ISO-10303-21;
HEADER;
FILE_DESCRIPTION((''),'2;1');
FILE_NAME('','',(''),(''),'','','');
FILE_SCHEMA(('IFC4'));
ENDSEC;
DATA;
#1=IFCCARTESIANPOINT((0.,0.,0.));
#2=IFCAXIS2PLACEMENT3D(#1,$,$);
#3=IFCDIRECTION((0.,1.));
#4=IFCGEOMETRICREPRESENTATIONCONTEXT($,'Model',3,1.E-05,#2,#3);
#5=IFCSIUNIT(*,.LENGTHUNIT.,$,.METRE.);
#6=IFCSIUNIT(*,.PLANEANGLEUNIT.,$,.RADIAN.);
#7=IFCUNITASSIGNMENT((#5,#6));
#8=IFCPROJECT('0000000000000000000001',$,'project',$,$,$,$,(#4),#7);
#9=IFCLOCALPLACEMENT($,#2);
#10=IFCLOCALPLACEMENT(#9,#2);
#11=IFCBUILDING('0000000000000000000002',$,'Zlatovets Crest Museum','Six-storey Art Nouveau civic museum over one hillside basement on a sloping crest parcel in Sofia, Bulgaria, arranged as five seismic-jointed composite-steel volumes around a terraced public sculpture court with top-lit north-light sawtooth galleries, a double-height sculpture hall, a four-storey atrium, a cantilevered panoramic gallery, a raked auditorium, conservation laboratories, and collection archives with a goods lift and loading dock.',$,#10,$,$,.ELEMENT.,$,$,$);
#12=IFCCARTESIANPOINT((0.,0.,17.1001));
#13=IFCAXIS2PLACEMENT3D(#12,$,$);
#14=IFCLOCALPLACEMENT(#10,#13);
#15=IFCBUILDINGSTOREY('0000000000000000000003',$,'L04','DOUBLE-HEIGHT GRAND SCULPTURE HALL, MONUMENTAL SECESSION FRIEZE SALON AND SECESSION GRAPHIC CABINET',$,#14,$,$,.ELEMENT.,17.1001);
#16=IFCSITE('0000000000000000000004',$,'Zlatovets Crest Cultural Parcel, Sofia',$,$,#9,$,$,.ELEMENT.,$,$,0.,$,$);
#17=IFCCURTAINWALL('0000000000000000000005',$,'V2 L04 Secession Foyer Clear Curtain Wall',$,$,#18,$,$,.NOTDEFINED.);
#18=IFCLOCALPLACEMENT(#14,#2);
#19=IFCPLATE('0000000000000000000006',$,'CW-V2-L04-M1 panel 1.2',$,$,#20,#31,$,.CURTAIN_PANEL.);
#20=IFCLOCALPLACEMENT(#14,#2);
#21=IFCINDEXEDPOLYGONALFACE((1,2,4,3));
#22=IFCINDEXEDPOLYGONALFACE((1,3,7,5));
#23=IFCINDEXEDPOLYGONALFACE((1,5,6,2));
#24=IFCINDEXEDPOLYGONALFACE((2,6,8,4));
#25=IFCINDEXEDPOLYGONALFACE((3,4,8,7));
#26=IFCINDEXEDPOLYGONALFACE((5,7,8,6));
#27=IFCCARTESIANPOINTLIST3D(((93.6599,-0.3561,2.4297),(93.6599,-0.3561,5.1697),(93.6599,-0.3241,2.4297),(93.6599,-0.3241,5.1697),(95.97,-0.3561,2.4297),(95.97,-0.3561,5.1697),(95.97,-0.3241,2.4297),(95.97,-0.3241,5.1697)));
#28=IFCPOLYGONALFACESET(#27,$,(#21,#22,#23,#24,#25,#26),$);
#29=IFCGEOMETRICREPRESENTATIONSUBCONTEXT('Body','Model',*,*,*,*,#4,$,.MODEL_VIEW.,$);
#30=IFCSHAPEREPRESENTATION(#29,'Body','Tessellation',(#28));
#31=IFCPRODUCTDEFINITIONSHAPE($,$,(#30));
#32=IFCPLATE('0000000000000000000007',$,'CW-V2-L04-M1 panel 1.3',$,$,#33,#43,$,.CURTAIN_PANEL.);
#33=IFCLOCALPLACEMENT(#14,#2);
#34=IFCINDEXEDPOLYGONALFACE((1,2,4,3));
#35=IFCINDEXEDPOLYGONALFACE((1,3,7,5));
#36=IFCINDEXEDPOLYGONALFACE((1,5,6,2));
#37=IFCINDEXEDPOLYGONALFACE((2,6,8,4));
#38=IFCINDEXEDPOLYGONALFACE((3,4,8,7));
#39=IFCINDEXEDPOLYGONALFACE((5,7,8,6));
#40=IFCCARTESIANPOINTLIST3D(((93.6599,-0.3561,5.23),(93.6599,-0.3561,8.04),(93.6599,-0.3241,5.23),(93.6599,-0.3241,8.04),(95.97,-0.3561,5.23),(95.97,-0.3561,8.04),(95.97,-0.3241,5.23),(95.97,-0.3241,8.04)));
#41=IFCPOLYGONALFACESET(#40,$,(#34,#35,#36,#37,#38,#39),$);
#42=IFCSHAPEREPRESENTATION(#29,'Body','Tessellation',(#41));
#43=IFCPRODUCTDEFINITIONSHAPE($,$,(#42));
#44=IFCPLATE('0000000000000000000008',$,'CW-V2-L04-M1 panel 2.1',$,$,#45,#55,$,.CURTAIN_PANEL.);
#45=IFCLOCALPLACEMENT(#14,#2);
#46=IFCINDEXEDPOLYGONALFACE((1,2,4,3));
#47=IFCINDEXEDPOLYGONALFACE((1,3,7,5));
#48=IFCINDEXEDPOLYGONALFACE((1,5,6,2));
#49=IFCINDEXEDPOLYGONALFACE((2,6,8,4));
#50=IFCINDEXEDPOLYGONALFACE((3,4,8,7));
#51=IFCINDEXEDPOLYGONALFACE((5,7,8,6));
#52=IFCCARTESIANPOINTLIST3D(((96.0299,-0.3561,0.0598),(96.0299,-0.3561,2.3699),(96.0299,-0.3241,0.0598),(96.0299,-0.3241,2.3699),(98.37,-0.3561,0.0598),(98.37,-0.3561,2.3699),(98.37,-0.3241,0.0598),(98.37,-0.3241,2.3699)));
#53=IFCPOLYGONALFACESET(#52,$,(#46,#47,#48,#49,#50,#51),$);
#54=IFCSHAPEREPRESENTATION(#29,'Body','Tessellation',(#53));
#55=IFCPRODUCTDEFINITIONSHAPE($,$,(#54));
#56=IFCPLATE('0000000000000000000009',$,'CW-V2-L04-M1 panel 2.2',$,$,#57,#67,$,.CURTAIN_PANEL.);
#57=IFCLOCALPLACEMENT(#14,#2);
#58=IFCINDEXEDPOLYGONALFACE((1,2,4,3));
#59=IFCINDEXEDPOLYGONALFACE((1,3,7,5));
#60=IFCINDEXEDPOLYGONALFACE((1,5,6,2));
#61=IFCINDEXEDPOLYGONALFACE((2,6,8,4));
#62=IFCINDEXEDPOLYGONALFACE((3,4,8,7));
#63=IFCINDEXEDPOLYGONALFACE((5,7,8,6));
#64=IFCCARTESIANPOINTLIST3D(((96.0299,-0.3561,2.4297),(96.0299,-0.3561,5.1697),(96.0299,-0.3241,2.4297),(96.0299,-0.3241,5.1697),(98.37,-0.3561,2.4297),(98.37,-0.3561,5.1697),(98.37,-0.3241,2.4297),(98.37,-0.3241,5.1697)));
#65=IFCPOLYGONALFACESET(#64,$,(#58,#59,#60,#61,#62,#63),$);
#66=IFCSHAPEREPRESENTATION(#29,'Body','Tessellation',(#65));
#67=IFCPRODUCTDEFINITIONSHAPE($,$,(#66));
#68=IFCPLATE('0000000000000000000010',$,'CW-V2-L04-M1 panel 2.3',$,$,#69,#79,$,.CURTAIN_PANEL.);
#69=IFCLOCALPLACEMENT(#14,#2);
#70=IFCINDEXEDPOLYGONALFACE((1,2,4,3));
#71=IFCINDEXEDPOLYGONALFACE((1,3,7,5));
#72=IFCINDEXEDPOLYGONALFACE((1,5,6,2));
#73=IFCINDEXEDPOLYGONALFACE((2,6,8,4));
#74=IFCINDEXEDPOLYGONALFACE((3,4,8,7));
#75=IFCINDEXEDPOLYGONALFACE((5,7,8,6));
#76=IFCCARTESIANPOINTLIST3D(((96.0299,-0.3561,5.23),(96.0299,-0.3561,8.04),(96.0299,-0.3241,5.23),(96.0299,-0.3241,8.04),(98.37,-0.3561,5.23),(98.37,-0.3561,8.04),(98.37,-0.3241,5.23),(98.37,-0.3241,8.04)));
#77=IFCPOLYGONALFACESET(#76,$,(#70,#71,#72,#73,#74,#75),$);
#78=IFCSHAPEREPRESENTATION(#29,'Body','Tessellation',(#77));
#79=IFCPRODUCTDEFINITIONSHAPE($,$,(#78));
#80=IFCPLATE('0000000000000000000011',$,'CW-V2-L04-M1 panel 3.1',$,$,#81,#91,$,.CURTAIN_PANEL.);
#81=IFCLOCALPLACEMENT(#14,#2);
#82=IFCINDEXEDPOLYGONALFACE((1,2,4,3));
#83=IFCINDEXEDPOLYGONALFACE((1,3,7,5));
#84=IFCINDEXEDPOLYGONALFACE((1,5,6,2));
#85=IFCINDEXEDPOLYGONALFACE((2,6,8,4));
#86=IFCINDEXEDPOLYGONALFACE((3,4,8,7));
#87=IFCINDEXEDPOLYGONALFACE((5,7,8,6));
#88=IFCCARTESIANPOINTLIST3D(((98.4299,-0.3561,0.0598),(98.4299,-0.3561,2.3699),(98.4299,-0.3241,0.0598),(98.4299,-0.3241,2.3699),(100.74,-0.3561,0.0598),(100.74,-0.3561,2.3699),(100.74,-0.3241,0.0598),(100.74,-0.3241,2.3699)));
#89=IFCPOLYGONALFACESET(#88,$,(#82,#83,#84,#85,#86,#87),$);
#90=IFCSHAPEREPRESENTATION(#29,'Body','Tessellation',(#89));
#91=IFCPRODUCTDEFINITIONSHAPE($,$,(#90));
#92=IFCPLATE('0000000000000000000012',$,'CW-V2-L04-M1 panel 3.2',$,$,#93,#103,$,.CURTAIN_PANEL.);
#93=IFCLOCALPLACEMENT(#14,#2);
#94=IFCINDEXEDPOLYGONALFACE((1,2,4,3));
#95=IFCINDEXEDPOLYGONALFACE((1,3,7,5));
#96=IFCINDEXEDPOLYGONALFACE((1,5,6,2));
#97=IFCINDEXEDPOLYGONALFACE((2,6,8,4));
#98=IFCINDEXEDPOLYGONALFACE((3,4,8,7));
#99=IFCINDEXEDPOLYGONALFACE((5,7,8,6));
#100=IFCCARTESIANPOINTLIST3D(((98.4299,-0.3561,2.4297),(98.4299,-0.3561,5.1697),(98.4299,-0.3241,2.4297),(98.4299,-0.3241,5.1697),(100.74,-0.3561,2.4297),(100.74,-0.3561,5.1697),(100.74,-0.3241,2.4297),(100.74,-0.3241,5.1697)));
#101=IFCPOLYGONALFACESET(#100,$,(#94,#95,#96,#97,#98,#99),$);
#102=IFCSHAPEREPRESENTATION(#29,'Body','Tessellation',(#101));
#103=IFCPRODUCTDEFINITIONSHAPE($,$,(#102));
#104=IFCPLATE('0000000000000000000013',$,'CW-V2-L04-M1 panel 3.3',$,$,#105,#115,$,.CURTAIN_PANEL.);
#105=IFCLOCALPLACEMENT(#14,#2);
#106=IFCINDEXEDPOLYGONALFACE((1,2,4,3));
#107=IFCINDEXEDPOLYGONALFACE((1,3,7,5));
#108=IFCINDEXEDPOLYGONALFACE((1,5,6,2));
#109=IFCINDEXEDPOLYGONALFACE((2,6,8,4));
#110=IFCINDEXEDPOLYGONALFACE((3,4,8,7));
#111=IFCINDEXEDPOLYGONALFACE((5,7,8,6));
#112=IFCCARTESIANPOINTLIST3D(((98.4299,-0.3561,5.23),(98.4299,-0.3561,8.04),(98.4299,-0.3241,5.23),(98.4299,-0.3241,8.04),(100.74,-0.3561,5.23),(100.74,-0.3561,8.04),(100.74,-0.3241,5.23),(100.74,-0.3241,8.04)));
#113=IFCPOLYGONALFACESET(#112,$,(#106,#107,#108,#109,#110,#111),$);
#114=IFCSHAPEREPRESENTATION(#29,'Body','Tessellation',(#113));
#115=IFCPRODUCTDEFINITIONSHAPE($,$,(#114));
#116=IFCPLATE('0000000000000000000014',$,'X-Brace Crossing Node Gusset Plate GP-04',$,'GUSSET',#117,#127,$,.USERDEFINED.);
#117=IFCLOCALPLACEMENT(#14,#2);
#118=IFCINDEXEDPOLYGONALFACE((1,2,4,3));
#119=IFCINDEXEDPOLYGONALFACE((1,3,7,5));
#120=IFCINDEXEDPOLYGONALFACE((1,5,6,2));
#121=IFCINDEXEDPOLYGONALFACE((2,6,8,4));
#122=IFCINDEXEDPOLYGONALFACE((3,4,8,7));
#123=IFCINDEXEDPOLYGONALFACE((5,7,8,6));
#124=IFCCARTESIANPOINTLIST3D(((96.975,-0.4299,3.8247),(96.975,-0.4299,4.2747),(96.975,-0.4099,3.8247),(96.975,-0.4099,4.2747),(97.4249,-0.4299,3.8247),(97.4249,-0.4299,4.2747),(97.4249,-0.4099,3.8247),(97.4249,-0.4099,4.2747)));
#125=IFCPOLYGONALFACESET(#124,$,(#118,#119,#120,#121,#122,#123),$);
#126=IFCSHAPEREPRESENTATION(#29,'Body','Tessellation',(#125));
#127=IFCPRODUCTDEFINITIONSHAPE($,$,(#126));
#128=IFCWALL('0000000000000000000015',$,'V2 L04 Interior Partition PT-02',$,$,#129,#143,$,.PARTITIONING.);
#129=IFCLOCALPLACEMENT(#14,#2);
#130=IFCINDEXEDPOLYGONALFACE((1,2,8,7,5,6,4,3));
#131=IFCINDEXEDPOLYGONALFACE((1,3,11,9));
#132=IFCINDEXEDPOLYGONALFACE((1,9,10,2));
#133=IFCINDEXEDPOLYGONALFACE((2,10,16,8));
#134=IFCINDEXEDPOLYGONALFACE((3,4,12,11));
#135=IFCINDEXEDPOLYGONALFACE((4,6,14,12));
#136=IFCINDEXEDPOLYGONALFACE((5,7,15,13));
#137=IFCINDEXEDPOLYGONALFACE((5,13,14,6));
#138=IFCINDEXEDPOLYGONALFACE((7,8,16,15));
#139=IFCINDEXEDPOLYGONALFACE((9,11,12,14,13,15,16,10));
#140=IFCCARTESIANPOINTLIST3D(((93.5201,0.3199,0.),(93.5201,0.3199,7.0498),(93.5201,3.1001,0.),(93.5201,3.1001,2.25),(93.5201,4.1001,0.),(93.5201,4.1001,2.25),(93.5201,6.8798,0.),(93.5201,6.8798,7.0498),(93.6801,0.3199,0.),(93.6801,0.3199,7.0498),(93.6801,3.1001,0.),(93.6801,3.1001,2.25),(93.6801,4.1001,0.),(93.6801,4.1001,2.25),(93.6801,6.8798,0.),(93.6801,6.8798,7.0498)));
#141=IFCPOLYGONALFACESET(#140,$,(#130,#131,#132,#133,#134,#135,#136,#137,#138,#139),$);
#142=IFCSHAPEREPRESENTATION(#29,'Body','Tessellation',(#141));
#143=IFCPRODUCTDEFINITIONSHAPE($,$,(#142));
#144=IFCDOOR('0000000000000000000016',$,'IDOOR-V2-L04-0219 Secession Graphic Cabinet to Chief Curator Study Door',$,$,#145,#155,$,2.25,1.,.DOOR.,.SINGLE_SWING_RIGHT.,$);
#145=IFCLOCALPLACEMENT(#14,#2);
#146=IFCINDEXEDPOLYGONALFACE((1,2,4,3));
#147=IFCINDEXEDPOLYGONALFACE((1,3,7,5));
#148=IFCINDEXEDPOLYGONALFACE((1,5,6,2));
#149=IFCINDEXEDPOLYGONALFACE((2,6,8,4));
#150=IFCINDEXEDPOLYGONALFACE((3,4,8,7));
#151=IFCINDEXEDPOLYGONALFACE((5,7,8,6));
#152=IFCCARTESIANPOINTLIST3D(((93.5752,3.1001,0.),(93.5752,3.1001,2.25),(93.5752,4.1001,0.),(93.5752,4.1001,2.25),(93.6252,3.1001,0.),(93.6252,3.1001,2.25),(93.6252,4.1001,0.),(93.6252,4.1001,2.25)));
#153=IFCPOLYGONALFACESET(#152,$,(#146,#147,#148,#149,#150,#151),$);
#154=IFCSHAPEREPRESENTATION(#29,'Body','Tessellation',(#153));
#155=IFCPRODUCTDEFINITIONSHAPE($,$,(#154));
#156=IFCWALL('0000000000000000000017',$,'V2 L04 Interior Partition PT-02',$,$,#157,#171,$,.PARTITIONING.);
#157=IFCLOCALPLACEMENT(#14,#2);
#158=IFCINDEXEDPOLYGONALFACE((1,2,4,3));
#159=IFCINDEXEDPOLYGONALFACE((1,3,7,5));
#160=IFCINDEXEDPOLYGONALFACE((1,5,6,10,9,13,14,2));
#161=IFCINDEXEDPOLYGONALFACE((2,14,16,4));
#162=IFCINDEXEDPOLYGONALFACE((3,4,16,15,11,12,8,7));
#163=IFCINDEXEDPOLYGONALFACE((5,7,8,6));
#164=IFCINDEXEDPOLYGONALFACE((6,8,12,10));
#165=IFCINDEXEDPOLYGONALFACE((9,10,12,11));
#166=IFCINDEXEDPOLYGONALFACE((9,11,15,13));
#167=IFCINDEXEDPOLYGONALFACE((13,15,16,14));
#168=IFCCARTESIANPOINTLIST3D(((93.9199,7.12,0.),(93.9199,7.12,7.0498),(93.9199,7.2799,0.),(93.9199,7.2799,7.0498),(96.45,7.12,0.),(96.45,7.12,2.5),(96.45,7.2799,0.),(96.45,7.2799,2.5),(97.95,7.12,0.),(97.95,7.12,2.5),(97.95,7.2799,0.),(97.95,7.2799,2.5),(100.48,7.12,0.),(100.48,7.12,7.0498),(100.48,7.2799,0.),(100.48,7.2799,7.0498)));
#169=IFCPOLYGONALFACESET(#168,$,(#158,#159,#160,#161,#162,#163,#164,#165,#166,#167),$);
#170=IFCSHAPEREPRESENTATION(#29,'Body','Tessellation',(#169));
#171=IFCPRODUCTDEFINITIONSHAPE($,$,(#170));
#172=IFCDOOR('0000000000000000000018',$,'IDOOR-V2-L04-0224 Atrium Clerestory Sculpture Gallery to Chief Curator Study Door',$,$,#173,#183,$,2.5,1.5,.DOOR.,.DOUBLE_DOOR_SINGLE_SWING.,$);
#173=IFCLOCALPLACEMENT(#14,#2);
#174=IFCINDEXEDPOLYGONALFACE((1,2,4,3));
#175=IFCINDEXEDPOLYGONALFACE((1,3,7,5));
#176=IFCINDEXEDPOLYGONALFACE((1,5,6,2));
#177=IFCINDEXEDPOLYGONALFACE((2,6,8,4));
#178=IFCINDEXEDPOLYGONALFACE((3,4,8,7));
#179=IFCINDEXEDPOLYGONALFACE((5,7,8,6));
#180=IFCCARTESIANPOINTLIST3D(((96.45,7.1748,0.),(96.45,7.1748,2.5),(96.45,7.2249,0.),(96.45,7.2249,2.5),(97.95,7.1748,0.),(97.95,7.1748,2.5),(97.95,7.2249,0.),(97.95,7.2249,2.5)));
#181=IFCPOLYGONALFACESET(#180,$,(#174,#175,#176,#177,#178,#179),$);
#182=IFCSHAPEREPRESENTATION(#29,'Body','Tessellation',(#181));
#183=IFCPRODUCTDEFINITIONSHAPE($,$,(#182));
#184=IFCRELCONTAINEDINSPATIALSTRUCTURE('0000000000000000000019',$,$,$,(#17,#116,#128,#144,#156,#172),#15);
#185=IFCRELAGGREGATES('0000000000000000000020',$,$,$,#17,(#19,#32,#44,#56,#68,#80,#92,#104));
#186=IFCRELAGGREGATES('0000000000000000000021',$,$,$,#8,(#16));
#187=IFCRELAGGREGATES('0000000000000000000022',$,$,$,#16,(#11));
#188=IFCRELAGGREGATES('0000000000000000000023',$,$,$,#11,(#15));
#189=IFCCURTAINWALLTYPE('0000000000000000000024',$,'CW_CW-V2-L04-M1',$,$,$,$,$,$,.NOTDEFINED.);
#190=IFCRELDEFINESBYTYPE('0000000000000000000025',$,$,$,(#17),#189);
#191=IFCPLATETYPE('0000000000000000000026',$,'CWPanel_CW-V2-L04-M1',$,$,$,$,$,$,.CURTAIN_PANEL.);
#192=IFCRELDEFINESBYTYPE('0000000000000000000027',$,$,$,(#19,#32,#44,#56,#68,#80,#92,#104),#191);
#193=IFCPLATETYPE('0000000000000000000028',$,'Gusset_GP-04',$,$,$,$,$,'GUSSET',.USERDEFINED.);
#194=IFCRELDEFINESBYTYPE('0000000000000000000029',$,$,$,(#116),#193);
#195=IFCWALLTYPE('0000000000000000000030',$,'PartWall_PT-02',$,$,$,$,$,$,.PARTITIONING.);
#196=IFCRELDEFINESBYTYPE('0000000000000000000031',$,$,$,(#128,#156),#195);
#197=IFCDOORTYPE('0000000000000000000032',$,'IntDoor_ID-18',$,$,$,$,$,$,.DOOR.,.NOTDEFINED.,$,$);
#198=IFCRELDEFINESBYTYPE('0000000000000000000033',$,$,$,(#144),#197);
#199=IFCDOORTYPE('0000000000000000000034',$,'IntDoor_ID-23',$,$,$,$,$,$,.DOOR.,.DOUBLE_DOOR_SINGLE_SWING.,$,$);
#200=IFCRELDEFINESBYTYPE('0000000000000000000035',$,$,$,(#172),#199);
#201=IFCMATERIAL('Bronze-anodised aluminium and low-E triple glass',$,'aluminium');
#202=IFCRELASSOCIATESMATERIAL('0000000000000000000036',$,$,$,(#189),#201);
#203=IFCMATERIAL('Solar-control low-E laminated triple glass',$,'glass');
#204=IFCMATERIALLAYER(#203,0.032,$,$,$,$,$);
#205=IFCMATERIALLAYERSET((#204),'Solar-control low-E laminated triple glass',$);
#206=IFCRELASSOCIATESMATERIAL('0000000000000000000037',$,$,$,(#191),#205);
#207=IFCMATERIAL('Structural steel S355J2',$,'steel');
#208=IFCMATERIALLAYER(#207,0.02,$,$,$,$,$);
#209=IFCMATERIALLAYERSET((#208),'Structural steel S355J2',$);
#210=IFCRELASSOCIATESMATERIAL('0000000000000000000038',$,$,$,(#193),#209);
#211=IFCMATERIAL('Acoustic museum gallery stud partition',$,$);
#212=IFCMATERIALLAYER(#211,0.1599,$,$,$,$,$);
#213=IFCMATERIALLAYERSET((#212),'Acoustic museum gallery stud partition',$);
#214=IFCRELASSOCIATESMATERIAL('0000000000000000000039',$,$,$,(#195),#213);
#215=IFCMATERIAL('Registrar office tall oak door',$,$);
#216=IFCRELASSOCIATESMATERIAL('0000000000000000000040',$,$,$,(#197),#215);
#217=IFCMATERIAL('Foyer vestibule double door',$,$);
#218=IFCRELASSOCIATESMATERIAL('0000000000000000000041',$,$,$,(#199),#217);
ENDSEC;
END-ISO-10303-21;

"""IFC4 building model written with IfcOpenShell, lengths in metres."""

from ifc_helpers import new_model, si_unit, direction, frame, frame_2d, origin, origin_2d, place, context, subcontext, project, spatial, rectangle, extrude, material, layer, layer_set, type_object, element, fill, aggregate, save


model = new_model("IFC4")

# Units and contexts
model_context = context("Model", 3, precision=1e-05, world=origin(), true_north=direction((0.0, 1.0)))
body_context = subcontext(model_context, "Body", "Model", "MODEL_VIEW")
ifc_project = project(units=[si_unit("LENGTHUNIT", "METRE"), si_unit("PLANEANGLEUNIT", "RADIAN")], contexts=[model_context])

# Site, building, storey
site_placement = place(None, origin())
site = spatial("IfcSite", under=ifc_project, at=site_placement, Name="Zlatovets Crest Cultural Parcel, Sofia", CompositionType="ELEMENT", RefElevation=0.0)
building_placement = place(site_placement, origin())
building = spatial("IfcBuilding", under=site, at=building_placement, Name="Zlatovets Crest Museum", Description="Six-storey Art Nouveau civic museum over one hillside basement on a sloping crest parcel in Sofia, Bulgaria, arranged as five seismic-jointed composite-steel volumes around a terraced public sculpture court with top-lit north-light sawtooth galleries, a double-height sculpture hall, a four-storey atrium, a cantilevered panoramic gallery, a raked auditorium, conservation laboratories, and collection archives with a goods lift and loading dock.", CompositionType="ELEMENT")
storey_placement = place(building_placement, frame((0.0, 0.0, 17.1001)))
storey = spatial("IfcBuildingStorey", under=building, at=storey_placement, Name="L04", Description="DOUBLE-HEIGHT GRAND SCULPTURE HALL, MONUMENTAL SECESSION FRIEZE SALON AND SECESSION GRAPHIC CABINET", CompositionType="ELEMENT", Elevation=17.1001)

# Shared definitions
ifc_material_1 = material(Name="Structural steel S355J2", Category="steel")

# Curtain wall
ifc_material_2 = material(Name="Bronze-anodised aluminium and low-E triple glass", Category="aluminium")
curtain_wall_type = type_object("IfcCurtainWallType", Name="CW_CW-V2-L04-M1", PredefinedType="NOTDEFINED", material=ifc_material_2)
curtain_wall_placement = place(storey_placement, origin())
curtain_wall = element("IfcCurtainWall", 1, at=curtain_wall_placement, inside=storey, type_object=curtain_wall_type, Name="V2 L04 Secession Foyer Clear Curtain Wall", PredefinedType="NOTDEFINED")

# Plates
ifc_material_3 = material(Name="Solar-control low-E laminated triple glass", Category="glass")
ifc_layer_1 = layer(ifc_material_3, 0.032)
ifc_layer_set_1 = layer_set([ifc_layer_1], Name="Solar-control low-E laminated triple glass")
plate_type_1 = type_object("IfcPlateType", Name="CWPanel_CW-V2-L04-M1", PredefinedType="CURTAIN_PANEL", material=ifc_layer_set_1)
plate_1_placement = place(storey_placement, frame((94.8149, -0.3401, 2.4297), z_axis=(0.0, 0.0, 1.0), x_axis=(1.0, 0.0, 0.0)))
plate_1 = element("IfcPlate", 2, at=plate_1_placement, type_object=plate_type_1, Name="CW-V2-L04-M1 panel 1.2", PredefinedType="CURTAIN_PANEL", context=body_context, shape_type="SweptSolid", body=[
    extrude(rectangle(XDim=2.3101, YDim=0.032, at=origin_2d()), origin(), (0.0, 0.0, 1.0), 2.74),
])
plate_2_placement = place(storey_placement, frame((94.8149, -0.3401, 5.23), z_axis=(0.0, 0.0, 1.0), x_axis=(1.0, 0.0, 0.0)))
plate_2 = element("IfcPlate", 3, at=plate_2_placement, type_object=plate_type_1, Name="CW-V2-L04-M1 panel 1.3", PredefinedType="CURTAIN_PANEL", context=body_context, shape_type="SweptSolid", body=[
    extrude(rectangle(XDim=2.3101, YDim=0.032, at=origin_2d()), origin(), (0.0, 0.0, 1.0), 2.8101),
])
plate_3_placement = place(storey_placement, frame((97.2, -0.3401, 0.0598), z_axis=(0.0, 0.0, 1.0), x_axis=(1.0, 0.0, 0.0)))
plate_3 = element("IfcPlate", 4, at=plate_3_placement, type_object=plate_type_1, Name="CW-V2-L04-M1 panel 2.1", PredefinedType="CURTAIN_PANEL", context=body_context, shape_type="SweptSolid", body=[
    extrude(rectangle(XDim=2.3401, YDim=0.032, at=origin_2d()), origin(), (0.0, 0.0, 1.0), 2.3101),
])
plate_4_placement = place(storey_placement, frame((97.2, -0.3401, 2.4297), z_axis=(0.0, 0.0, 1.0), x_axis=(1.0, 0.0, 0.0)))
plate_4 = element("IfcPlate", 5, at=plate_4_placement, type_object=plate_type_1, Name="CW-V2-L04-M1 panel 2.2", PredefinedType="CURTAIN_PANEL", context=body_context, shape_type="SweptSolid", body=[
    extrude(rectangle(XDim=2.3401, YDim=0.032, at=origin_2d()), origin(), (0.0, 0.0, 1.0), 2.74),
])
plate_5_placement = place(storey_placement, frame((97.2, -0.3401, 5.23), z_axis=(0.0, 0.0, 1.0), x_axis=(1.0, 0.0, 0.0)))
plate_5 = element("IfcPlate", 6, at=plate_5_placement, type_object=plate_type_1, Name="CW-V2-L04-M1 panel 2.3", PredefinedType="CURTAIN_PANEL", context=body_context, shape_type="SweptSolid", body=[
    extrude(rectangle(XDim=2.3401, YDim=0.032, at=origin_2d()), origin(), (0.0, 0.0, 1.0), 2.8101),
])
plate_6_placement = place(storey_placement, frame((99.585, -0.3401, 0.0598), z_axis=(0.0, 0.0, 1.0), x_axis=(1.0, 0.0, 0.0)))
plate_6 = element("IfcPlate", 7, at=plate_6_placement, type_object=plate_type_1, Name="CW-V2-L04-M1 panel 3.1", PredefinedType="CURTAIN_PANEL", context=body_context, shape_type="SweptSolid", body=[
    extrude(rectangle(XDim=2.3101, YDim=0.032, at=origin_2d()), origin(), (0.0, 0.0, 1.0), 2.3101),
])
plate_7_placement = place(storey_placement, frame((99.585, -0.3401, 2.4297), z_axis=(0.0, 0.0, 1.0), x_axis=(1.0, 0.0, 0.0)))
plate_7 = element("IfcPlate", 8, at=plate_7_placement, type_object=plate_type_1, Name="CW-V2-L04-M1 panel 3.2", PredefinedType="CURTAIN_PANEL", context=body_context, shape_type="SweptSolid", body=[
    extrude(rectangle(XDim=2.3101, YDim=0.032, at=origin_2d()), origin(), (0.0, 0.0, 1.0), 2.74),
])
plate_8_placement = place(storey_placement, frame((99.585, -0.3401, 5.23), z_axis=(0.0, 0.0, 1.0), x_axis=(1.0, 0.0, 0.0)))
plate_8 = element("IfcPlate", 9, at=plate_8_placement, type_object=plate_type_1, Name="CW-V2-L04-M1 panel 3.3", PredefinedType="CURTAIN_PANEL", context=body_context, shape_type="SweptSolid", body=[
    extrude(rectangle(XDim=2.3101, YDim=0.032, at=origin_2d()), origin(), (0.0, 0.0, 1.0), 2.8101),
])
aggregate(curtain_wall, [plate_1, plate_2, plate_3, plate_4, plate_5, plate_6, plate_7, plate_8])
ifc_layer_2 = layer(ifc_material_1, 0.02)
ifc_layer_set_2 = layer_set([ifc_layer_2], Name="Structural steel S355J2")
plate_type_2 = type_object("IfcPlateType", Name="Gusset_GP-04", ElementType="GUSSET", PredefinedType="USERDEFINED", material=ifc_layer_set_2)
plate_9_placement = place(storey_placement, frame((97.2, -0.4199, 3.8247), z_axis=(0.0, 0.0, 1.0), x_axis=(1.0, 0.0, 0.0)))
element("IfcPlate", 10, at=plate_9_placement, inside=storey, type_object=plate_type_2, Name="X-Brace Crossing Node Gusset Plate GP-04", ObjectType="GUSSET", PredefinedType="USERDEFINED", context=body_context, shape_type="SweptSolid", body=[
    extrude(rectangle(XDim=0.45, YDim=0.02, at=origin_2d()), origin(), (0.0, 0.0, 1.0), 0.45),
])

# Walls, openings, doors
ifc_material_4 = material(Name="Acoustic museum gallery stud partition")
ifc_layer_3 = layer(ifc_material_4, 0.1599)
ifc_layer_set_3 = layer_set([ifc_layer_3], Name="Acoustic museum gallery stud partition")
wall_type = type_object("IfcWallType", Name="PartWall_PT-02", PredefinedType="PARTITIONING", material=ifc_layer_set_3)
wall_1_placement = place(storey_placement, frame((93.6001, 0.3201, 0.0), z_axis=(0.0, 0.0, 1.0), x_axis=(0.0, 1.0, 0.0)))
wall_1 = element("IfcWall", 11, at=wall_1_placement, inside=storey, type_object=wall_type, Name="V2 L04 Interior Partition PT-02", PredefinedType="PARTITIONING", context=body_context, shape_type="SweptSolid", body=[
    extrude(rectangle(XDim=6.5598, YDim=0.1599, at=frame_2d((3.2798, 0.0))), origin(), (0.0, 0.0, 1.0), 7.0498),
])
opening_1_placement = place(wall_1_placement, frame((2.78, 0.0, 0.0)))
opening_1 = element("IfcOpeningElement", 12, at=opening_1_placement, cuts=wall_1, PredefinedType="OPENING", context=body_context, shape_type="SweptSolid", body=[
    extrude(rectangle(XDim=1.0, YDim=2.25, at=frame_2d((0.5, 1.125))), frame((0.0, 0.0898, 0.0), z_axis=(0.0, -1.0, 0.0), x_axis=(1.0, 0.0, 0.0)), (0.0, 0.0, 1.0), 0.1799),
])
ifc_material_5 = material(Name="Registrar office tall oak door")
door_type_1 = type_object("IfcDoorType", Name="IntDoor_ID-18", OperationType="NOTDEFINED", PredefinedType="DOOR", material=ifc_material_5)
door_1_placement = place(opening_1_placement, origin())
door_1 = element("IfcDoor", 13, at=door_1_placement, inside=storey, type_object=door_type_1, Name="IDOOR-V2-L04-0219 Secession Graphic Cabinet to Chief Curator Study Door", OperationType="SINGLE_SWING_RIGHT", OverallHeight=2.25, OverallWidth=1.0, PredefinedType="DOOR", context=body_context, shape_type="SweptSolid", body=[
    extrude(rectangle(XDim=1.0, YDim=2.25, at=frame_2d((0.5, 1.125))), frame((0.0, 0.0249, 0.0), z_axis=(0.0, -1.0, 0.0), x_axis=(1.0, 0.0, 0.0)), (0.0, 0.0, 1.0), 0.05),
])
fill(opening_1, door_1)
wall_2_placement = place(storey_placement, frame((93.9199, 7.2, 0.0), z_axis=(0.0, 0.0, 1.0), x_axis=(1.0, 0.0, 0.0)))
wall_2 = element("IfcWall", 14, at=wall_2_placement, inside=storey, type_object=wall_type, Name="V2 L04 Interior Partition PT-02", PredefinedType="PARTITIONING", context=body_context, shape_type="SweptSolid", body=[
    extrude(rectangle(XDim=6.5601, YDim=0.1599, at=frame_2d((3.28, 0.0))), origin(), (0.0, 0.0, 1.0), 7.0498),
])
opening_2_placement = place(wall_2_placement, frame((2.53, 0.0, 0.0)))
opening_2 = element("IfcOpeningElement", 15, at=opening_2_placement, cuts=wall_2, PredefinedType="OPENING", context=body_context, shape_type="SweptSolid", body=[
    extrude(rectangle(XDim=1.5, YDim=2.5, at=frame_2d((0.75, 1.25))), frame((0.0, 0.0898, 0.0), z_axis=(0.0, -1.0, 0.0), x_axis=(1.0, 0.0, 0.0)), (0.0, 0.0, 1.0), 0.1799),
])
ifc_material_6 = material(Name="Foyer vestibule double door")
door_type_2 = type_object("IfcDoorType", Name="IntDoor_ID-23", OperationType="DOUBLE_DOOR_SINGLE_SWING", PredefinedType="DOOR", material=ifc_material_6)
door_2_placement = place(opening_2_placement, origin())
door_2 = element("IfcDoor", 16, at=door_2_placement, inside=storey, type_object=door_type_2, Name="IDOOR-V2-L04-0224 Atrium Clerestory Sculpture Gallery to Chief Curator Study Door", OperationType="DOUBLE_DOOR_SINGLE_SWING", OverallHeight=2.5, OverallWidth=1.5, PredefinedType="DOOR", context=body_context, shape_type="SweptSolid", body=[
    extrude(rectangle(XDim=1.5, YDim=2.5, at=frame_2d((0.75, 1.25))), frame((0.0, 0.0249, 0.0), z_axis=(0.0, -1.0, 0.0), x_axis=(1.0, 0.0, 0.0)), (0.0, 0.0, 1.0), 0.05),
])
fill(opening_2, door_2)

save(model, "model.ifc")
